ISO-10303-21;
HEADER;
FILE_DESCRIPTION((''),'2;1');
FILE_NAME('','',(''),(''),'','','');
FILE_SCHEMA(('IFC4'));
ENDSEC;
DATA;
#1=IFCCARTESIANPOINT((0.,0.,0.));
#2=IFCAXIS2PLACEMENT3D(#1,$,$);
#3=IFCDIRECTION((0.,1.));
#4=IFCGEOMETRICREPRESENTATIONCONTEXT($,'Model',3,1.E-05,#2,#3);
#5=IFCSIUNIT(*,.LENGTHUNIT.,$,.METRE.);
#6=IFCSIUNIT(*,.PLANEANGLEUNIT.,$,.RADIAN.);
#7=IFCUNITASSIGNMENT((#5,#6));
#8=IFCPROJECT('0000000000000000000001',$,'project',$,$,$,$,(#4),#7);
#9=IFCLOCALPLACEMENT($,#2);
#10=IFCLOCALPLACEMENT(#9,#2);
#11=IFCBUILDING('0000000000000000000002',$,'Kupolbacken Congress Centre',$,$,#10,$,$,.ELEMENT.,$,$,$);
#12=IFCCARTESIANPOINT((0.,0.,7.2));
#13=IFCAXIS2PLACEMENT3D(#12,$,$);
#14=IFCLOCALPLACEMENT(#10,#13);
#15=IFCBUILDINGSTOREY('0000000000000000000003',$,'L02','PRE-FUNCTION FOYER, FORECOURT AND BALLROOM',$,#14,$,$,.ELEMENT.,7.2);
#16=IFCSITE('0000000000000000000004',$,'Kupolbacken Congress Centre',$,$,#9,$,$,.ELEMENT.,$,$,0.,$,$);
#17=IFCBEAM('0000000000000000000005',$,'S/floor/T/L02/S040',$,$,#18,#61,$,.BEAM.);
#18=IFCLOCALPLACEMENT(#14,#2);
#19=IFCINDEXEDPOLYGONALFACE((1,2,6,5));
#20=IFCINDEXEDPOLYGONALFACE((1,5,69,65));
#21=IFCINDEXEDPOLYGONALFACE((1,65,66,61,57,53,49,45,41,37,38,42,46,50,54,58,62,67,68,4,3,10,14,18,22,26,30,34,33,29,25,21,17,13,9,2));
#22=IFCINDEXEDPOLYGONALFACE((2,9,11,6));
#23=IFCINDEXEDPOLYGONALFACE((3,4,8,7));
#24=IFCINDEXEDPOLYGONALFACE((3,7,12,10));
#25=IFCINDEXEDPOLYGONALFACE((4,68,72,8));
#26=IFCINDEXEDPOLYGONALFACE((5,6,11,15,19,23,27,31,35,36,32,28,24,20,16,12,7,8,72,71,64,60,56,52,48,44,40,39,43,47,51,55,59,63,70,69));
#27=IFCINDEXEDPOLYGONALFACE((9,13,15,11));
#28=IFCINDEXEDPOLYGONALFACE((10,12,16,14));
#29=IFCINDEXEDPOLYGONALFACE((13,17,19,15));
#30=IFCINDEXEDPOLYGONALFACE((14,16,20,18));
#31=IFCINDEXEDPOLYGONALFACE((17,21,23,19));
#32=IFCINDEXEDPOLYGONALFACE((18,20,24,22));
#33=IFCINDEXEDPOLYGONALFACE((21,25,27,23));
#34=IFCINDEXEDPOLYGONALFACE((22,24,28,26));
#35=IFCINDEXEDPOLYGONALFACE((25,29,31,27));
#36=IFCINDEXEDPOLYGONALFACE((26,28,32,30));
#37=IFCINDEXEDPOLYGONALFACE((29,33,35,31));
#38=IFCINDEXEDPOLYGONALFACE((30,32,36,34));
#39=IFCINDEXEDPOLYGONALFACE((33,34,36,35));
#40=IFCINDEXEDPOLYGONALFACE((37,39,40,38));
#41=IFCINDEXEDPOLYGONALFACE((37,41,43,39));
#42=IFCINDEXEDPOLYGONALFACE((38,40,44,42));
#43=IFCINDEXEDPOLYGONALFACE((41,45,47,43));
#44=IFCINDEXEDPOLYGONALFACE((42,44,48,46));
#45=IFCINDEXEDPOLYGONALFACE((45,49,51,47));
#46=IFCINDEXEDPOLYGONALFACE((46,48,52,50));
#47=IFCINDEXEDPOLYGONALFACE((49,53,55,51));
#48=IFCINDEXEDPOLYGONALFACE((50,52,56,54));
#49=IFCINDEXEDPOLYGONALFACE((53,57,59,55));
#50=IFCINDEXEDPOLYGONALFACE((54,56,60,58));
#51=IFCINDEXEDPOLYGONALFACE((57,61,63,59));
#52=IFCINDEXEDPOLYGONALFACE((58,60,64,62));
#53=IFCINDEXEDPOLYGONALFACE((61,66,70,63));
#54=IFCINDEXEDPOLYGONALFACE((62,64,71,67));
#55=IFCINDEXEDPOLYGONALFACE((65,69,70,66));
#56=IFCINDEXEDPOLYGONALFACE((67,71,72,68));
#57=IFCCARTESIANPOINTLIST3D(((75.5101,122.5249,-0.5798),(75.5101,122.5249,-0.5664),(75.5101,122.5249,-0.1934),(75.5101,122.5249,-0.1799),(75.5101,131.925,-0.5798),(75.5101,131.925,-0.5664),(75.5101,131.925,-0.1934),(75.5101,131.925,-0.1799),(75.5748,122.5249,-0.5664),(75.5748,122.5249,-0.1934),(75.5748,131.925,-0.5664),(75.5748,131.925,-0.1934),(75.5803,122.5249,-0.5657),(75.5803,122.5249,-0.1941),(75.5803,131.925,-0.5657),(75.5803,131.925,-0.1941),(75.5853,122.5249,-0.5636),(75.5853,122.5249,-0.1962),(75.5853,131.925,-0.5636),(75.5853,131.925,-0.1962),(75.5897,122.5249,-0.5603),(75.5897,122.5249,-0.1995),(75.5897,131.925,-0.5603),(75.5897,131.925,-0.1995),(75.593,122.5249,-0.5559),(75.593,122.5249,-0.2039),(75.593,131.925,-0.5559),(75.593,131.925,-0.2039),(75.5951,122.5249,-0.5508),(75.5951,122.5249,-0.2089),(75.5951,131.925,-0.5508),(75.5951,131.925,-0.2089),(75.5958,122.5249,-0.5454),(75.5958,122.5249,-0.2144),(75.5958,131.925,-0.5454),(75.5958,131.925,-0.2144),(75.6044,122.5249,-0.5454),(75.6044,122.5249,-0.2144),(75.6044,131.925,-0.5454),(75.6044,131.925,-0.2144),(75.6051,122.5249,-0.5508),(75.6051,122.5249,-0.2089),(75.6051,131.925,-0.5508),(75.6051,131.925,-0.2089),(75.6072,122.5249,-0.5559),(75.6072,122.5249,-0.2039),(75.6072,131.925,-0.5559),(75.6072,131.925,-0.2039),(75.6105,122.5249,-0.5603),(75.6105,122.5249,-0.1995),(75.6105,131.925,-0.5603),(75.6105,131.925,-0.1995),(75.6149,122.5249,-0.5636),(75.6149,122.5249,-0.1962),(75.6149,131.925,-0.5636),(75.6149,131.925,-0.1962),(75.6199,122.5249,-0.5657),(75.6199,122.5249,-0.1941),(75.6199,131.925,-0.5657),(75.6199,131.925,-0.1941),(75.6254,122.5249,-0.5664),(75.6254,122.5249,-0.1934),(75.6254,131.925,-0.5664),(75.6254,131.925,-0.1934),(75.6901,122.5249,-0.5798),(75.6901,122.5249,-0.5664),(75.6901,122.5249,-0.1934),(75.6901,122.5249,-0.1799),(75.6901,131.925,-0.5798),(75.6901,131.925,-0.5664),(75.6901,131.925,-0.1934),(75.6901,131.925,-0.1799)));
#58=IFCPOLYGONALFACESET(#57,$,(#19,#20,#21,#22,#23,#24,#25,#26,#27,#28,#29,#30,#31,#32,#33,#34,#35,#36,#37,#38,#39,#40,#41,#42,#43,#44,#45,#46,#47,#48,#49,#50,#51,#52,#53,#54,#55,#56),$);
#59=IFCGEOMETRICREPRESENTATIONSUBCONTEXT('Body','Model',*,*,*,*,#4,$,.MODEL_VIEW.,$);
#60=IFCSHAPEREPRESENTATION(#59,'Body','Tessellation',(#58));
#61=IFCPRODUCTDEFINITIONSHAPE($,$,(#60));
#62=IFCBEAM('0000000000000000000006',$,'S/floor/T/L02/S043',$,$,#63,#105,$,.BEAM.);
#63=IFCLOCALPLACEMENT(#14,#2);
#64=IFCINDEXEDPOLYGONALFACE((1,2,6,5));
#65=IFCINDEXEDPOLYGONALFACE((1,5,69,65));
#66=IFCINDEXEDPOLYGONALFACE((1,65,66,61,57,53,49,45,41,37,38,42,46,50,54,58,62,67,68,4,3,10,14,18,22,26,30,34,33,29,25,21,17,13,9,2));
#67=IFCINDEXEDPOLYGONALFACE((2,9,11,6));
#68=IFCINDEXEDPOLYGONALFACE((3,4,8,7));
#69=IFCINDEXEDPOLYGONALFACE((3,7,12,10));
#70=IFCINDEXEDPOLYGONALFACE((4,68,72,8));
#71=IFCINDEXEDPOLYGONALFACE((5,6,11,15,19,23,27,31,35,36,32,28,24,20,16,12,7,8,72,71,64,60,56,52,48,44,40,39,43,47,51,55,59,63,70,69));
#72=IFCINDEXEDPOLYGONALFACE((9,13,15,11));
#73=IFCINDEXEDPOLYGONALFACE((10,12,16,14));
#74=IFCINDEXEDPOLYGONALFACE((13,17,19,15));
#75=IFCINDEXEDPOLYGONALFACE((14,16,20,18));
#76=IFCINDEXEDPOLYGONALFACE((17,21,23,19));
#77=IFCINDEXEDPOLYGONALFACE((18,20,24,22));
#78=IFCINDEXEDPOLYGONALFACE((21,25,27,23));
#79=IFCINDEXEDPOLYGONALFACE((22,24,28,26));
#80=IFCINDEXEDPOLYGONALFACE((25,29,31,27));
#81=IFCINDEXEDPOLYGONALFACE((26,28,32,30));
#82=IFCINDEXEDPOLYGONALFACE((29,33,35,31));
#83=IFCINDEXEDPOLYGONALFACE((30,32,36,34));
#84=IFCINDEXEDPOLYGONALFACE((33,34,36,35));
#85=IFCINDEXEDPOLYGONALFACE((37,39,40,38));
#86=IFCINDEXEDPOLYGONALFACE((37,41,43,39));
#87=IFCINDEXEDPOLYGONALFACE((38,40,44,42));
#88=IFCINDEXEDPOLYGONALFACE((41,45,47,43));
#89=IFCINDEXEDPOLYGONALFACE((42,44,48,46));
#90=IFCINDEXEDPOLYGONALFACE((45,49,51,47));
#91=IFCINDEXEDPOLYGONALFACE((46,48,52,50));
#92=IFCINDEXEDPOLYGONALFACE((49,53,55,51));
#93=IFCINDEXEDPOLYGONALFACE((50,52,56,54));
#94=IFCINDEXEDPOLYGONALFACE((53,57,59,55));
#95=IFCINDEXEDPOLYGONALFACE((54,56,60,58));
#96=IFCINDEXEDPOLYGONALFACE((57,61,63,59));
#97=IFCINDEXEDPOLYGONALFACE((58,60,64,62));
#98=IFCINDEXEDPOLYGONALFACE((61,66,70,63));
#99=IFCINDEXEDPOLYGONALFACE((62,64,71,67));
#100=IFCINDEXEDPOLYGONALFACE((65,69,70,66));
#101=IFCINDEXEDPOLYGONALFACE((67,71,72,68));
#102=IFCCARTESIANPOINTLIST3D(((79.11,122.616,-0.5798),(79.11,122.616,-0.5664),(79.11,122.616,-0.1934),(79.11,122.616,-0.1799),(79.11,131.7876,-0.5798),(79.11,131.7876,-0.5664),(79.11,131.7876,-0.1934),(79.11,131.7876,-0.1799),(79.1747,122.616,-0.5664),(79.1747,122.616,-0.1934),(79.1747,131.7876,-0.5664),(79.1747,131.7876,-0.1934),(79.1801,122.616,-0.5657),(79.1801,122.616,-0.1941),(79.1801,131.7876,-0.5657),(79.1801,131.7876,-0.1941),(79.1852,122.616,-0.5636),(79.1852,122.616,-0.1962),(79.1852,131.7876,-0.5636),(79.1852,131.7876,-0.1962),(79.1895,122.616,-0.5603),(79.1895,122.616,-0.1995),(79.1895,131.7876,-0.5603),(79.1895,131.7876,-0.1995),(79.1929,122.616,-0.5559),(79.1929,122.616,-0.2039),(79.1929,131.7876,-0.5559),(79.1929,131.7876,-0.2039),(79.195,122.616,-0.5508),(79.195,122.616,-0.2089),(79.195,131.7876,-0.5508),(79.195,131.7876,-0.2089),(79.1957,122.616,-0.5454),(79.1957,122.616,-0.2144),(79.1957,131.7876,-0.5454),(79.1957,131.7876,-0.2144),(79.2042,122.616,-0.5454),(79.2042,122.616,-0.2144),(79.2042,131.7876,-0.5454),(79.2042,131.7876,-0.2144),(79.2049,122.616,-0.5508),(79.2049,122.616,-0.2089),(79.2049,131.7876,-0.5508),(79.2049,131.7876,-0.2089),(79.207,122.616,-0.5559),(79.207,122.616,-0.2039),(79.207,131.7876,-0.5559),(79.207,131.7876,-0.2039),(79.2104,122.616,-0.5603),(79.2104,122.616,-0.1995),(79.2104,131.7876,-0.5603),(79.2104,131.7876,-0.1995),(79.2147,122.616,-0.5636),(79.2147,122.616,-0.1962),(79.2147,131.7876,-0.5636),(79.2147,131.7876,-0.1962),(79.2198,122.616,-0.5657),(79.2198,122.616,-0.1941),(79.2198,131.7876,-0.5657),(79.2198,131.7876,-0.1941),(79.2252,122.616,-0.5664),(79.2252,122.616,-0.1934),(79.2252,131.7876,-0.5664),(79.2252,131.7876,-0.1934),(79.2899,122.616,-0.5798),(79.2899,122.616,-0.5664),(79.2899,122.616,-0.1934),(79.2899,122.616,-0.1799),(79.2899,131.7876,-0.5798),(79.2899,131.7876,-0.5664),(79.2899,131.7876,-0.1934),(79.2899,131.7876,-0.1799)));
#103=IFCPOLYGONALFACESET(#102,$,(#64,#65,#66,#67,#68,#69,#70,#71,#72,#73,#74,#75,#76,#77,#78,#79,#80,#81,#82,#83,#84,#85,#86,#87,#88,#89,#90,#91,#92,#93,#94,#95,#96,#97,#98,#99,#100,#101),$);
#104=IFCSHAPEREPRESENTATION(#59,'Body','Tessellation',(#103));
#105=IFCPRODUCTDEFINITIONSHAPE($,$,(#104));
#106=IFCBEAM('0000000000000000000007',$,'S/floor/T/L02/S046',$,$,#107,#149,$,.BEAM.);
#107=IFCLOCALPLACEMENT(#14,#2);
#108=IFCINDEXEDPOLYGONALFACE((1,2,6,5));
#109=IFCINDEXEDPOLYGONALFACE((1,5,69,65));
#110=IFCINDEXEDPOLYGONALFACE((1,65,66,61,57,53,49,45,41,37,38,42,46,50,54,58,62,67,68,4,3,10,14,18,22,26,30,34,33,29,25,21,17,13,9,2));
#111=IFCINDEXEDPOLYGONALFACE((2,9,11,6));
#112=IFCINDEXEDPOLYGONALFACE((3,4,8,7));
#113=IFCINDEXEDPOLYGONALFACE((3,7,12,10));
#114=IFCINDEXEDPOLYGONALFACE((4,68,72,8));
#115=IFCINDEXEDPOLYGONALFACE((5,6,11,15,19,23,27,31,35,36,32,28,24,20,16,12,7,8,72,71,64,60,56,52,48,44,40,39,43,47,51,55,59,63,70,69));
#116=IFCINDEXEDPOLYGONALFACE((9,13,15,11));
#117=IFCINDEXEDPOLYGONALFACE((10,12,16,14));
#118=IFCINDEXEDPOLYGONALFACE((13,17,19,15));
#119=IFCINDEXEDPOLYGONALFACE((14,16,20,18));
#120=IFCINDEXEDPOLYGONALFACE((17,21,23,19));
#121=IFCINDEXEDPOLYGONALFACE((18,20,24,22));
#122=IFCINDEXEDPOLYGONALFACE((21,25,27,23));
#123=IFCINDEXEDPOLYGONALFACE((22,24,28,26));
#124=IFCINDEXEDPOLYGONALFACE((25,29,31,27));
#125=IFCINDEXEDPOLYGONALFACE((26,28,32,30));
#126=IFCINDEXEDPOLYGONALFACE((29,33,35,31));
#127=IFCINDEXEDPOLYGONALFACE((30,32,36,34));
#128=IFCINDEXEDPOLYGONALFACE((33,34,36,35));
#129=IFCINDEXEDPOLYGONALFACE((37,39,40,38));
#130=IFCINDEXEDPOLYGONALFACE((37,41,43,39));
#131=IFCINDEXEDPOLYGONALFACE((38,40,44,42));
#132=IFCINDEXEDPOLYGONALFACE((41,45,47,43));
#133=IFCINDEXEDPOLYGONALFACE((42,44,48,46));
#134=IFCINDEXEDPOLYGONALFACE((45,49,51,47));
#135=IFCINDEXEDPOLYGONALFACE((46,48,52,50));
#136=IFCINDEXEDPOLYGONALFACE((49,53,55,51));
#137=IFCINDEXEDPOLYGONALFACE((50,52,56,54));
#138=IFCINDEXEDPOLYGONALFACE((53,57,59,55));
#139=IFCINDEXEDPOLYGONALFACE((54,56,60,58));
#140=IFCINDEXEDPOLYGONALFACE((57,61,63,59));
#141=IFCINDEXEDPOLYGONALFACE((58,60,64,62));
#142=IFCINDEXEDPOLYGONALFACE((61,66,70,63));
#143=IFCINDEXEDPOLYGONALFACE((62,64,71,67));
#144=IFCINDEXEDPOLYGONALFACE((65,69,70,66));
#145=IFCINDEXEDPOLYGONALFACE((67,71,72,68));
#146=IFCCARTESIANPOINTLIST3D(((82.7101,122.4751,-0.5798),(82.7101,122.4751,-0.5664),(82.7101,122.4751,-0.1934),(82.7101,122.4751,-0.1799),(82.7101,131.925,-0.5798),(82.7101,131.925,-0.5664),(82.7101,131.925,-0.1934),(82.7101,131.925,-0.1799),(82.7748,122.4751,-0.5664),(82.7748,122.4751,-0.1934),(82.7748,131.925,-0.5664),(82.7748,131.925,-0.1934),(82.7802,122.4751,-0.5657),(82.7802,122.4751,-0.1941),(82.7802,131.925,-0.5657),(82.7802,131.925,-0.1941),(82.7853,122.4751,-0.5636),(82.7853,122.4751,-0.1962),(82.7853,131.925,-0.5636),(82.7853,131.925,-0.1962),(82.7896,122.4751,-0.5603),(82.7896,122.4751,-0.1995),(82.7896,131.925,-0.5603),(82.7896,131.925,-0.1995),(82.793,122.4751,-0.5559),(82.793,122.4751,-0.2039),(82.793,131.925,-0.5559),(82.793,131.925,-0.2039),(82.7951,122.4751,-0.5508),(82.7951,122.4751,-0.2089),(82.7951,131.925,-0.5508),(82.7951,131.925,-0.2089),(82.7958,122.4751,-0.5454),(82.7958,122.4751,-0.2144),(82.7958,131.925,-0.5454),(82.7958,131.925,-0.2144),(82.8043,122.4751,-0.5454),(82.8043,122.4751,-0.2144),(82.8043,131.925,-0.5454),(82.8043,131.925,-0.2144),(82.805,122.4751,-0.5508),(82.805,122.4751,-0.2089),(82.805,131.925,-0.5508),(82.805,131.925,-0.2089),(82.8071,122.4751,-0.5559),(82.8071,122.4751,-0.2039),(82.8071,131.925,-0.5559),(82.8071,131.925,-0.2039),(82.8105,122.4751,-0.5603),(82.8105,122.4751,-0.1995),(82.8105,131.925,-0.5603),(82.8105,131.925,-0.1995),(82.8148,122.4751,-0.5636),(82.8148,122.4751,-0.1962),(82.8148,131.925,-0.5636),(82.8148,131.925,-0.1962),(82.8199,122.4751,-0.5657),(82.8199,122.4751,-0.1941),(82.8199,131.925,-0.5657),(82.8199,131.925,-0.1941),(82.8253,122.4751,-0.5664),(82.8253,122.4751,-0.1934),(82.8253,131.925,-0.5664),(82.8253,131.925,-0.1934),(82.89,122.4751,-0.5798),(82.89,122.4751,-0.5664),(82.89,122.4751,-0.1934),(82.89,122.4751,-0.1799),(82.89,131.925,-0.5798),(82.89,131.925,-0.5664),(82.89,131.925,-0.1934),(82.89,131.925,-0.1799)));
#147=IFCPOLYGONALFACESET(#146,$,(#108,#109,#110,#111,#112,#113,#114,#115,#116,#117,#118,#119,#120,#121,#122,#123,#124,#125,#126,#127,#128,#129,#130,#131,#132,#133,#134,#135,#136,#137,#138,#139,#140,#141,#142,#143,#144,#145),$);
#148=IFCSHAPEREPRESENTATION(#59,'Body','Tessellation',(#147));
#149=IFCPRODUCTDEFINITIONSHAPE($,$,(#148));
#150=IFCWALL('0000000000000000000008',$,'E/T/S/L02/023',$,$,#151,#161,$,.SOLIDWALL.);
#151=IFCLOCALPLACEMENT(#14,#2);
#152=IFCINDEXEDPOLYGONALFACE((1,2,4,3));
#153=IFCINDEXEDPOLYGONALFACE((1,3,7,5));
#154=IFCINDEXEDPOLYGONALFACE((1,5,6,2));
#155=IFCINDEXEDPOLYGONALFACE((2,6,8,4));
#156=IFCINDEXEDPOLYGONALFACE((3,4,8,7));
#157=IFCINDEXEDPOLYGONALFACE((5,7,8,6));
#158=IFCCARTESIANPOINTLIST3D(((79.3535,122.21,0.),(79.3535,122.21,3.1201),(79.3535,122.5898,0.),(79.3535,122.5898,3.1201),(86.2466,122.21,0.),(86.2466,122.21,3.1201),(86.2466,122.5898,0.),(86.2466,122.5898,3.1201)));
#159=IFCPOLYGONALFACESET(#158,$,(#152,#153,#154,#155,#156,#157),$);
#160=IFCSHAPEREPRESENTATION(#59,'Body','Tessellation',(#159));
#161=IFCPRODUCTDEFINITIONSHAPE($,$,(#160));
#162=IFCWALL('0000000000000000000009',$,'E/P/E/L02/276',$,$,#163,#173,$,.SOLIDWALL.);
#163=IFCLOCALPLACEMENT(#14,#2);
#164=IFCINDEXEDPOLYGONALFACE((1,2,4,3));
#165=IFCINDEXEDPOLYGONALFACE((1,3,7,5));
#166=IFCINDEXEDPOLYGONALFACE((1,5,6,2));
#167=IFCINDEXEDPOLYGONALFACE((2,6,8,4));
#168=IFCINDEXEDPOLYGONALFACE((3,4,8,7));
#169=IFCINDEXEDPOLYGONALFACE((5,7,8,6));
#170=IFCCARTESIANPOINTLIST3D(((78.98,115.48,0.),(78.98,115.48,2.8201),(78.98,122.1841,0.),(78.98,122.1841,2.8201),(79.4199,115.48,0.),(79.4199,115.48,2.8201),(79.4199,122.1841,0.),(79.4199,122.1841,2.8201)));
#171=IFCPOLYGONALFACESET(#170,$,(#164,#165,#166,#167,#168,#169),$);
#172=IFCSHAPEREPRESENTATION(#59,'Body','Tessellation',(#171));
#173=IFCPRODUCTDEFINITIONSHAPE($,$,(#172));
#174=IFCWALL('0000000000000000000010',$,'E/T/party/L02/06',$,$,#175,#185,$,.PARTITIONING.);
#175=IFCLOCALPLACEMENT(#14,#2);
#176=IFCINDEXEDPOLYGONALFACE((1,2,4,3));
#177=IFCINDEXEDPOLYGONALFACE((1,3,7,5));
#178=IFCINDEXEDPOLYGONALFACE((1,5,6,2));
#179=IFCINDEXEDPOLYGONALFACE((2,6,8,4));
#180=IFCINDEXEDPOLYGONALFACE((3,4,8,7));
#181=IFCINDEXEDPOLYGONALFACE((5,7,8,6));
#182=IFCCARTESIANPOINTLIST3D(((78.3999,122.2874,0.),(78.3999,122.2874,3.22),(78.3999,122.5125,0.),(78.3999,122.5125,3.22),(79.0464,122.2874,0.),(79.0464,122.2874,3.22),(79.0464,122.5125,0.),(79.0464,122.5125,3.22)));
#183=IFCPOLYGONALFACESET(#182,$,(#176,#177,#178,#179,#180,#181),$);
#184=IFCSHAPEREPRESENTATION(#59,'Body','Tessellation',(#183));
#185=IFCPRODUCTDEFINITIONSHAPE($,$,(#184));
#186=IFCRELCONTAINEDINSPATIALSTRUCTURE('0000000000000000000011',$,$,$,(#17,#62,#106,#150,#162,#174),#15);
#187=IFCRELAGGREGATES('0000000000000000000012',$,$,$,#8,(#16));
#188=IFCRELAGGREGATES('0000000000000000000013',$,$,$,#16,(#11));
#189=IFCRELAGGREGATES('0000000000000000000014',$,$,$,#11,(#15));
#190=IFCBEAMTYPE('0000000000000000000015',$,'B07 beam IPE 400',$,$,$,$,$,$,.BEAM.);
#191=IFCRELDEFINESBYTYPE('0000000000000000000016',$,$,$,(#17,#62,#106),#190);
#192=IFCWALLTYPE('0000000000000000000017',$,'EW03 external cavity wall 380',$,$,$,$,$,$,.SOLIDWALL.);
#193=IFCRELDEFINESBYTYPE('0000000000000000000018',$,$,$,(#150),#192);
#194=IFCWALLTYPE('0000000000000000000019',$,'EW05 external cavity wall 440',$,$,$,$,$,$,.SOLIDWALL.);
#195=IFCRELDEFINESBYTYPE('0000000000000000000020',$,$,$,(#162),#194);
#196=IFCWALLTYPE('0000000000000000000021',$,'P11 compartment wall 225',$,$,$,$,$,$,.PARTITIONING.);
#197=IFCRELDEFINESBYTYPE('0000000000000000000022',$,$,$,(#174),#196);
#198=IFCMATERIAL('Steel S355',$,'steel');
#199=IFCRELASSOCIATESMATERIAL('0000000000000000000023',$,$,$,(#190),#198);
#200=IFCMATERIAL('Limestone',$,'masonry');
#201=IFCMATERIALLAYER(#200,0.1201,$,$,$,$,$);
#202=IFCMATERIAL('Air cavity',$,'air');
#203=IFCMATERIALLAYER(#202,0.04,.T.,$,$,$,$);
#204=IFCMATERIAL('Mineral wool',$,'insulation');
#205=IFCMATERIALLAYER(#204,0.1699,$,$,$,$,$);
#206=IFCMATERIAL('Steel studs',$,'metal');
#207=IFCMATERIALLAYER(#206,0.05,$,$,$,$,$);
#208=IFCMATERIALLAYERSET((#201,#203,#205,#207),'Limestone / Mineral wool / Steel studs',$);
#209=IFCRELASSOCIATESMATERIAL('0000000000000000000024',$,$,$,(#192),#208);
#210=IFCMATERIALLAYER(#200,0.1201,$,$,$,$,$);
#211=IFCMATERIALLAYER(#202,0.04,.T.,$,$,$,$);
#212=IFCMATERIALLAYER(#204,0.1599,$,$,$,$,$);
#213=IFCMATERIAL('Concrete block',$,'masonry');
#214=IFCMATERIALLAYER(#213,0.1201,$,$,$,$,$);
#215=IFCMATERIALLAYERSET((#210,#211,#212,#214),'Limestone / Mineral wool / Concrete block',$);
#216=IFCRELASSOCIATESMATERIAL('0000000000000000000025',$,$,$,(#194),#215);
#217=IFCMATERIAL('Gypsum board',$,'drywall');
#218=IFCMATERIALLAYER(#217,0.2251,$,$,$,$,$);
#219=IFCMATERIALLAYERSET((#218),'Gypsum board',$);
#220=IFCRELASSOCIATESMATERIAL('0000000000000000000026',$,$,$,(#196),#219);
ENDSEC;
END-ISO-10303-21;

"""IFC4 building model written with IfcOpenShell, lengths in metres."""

from ifc_helpers import new_model, si_unit, direction, frame, frame_2d, origin, origin_2d, place, context, subcontext, project, spatial, rectangle, i_section, extrude, material, layer, layer_set, material_profile, profile_set, type_object, element, save


model = new_model("IFC4")

# Units and contexts
model_context = context("Model", 3, precision=1e-05, world=origin(), true_north=direction((0.0, 1.0)))
body_context = subcontext(model_context, "Body", "Model", "MODEL_VIEW")
ifc_project = project(units=[si_unit("LENGTHUNIT", "METRE"), si_unit("PLANEANGLEUNIT", "RADIAN")], contexts=[model_context])

# Site, building, storey
site_placement = place(None, origin())
site = spatial("IfcSite", under=ifc_project, at=site_placement, Name="Kupolbacken Congress Centre", CompositionType="ELEMENT", RefElevation=0.0)
building_placement = place(site_placement, origin())
building = spatial("IfcBuilding", under=site, at=building_placement, Name="Kupolbacken Congress Centre", CompositionType="ELEMENT")
storey_placement = place(building_placement, frame((0.0, 0.0, 7.2)))
storey = spatial("IfcBuildingStorey", under=building, at=storey_placement, Name="L02", Description="PRE-FUNCTION FOYER, FORECOURT AND BALLROOM", CompositionType="ELEMENT", Elevation=7.2)

# Beams
ifc_material_1 = material(Name="Steel S355", Category="steel")
ifc_material_profile_1 = material_profile(ifc_material_1, i_section(OverallWidth=0.1799, OverallDepth=0.3999, WebThickness=0.0085, FlangeThickness=0.0134, FilletRadius=0.021, at=origin_2d()), Name="IPE 400")
ifc_profile_set_1 = profile_set([ifc_material_profile_1], Name="Steel S355")
beam_type_1 = type_object("IfcBeamType", Name="B07 beam IPE 400", PredefinedType="BEAM", material=ifc_profile_set_1)
beam_1_placement = place(storey_placement, frame((75.6001, 122.5249, -0.3799), z_axis=(0.0, 1.0, 0.0), x_axis=(-1.0, 0.0, 0.0)))
element("IfcBeam", 1, at=beam_1_placement, inside=storey, type_object=beam_type_1, Name="S/floor/T/L02/S040", PredefinedType="BEAM", context=body_context, shape_type="SweptSolid", body=[
    extrude(i_section(OverallWidth=0.1799, OverallDepth=0.3999, WebThickness=0.0085, FlangeThickness=0.0134, FilletRadius=0.021, at=origin_2d()), origin(), (0.0, 0.0, 1.0), 9.4001),
])
beam_2_placement = place(storey_placement, frame((79.2, 122.616, -0.3799), z_axis=(0.0, 1.0, 0.0), x_axis=(-1.0, 0.0, 0.0)))
element("IfcBeam", 2, at=beam_2_placement, inside=storey, type_object=beam_type_1, Name="S/floor/T/L02/S043", PredefinedType="BEAM", context=body_context, shape_type="SweptSolid", body=[
    extrude(i_section(OverallWidth=0.1799, OverallDepth=0.3999, WebThickness=0.0085, FlangeThickness=0.0134, FilletRadius=0.021, at=origin_2d()), origin(), (0.0, 0.0, 1.0), 9.1716),
])
beam_3_placement = place(storey_placement, frame((82.8, 122.4751, -0.3799), z_axis=(0.0, 1.0, 0.0), x_axis=(-1.0, 0.0, 0.0)))
element("IfcBeam", 3, at=beam_3_placement, inside=storey, type_object=beam_type_1, Name="S/floor/T/L02/S046", PredefinedType="BEAM", context=body_context, shape_type="SweptSolid", body=[
    extrude(i_section(OverallWidth=0.1799, OverallDepth=0.3999, WebThickness=0.0085, FlangeThickness=0.0134, FilletRadius=0.021, at=origin_2d()), origin(), (0.0, 0.0, 1.0), 9.45),
])

# Walls
ifc_material_2 = material(Name="Limestone", Category="masonry")
ifc_layer_1 = layer(ifc_material_2, 0.1201)
ifc_material_3 = material(Name="Air cavity", Category="air")
ifc_layer_2 = layer(ifc_material_3, 0.04, ventilated=True)
ifc_material_4 = material(Name="Mineral wool", Category="insulation")
ifc_layer_3 = layer(ifc_material_4, 0.1699)
ifc_material_5 = material(Name="Steel studs", Category="metal")
ifc_layer_4 = layer(ifc_material_5, 0.05)
ifc_layer_set_1 = layer_set([ifc_layer_1, ifc_layer_2, ifc_layer_3, ifc_layer_4], Name="Limestone / Mineral wool / Steel studs")
wall_type_1 = type_object("IfcWallType", Name="EW03 external cavity wall 380", PredefinedType="SOLIDWALL", material=ifc_layer_set_1)
wall_1_placement = place(storey_placement, frame((79.3535, 122.3999, 0.0), z_axis=(0.0, 0.0, 1.0), x_axis=(1.0, 0.0, 0.0)))
element("IfcWall", 4, at=wall_1_placement, inside=storey, type_object=wall_type_1, Name="E/T/S/L02/023", PredefinedType="SOLIDWALL", context=body_context, shape_type="SweptSolid", body=[
    extrude(rectangle(XDim=6.8931, YDim=0.3799, at=frame_2d((3.4465, 0.0))), origin(), (0.0, 0.0, 1.0), 3.1201),
])
ifc_layer_5 = layer(ifc_material_2, 0.1201)
ifc_layer_6 = layer(ifc_material_3, 0.04, ventilated=True)
ifc_layer_7 = layer(ifc_material_4, 0.1599)
ifc_material_6 = material(Name="Concrete block", Category="masonry")
ifc_layer_8 = layer(ifc_material_6, 0.1201)
ifc_layer_set_2 = layer_set([ifc_layer_5, ifc_layer_6, ifc_layer_7, ifc_layer_8], Name="Limestone / Mineral wool / Concrete block")
wall_type_2 = type_object("IfcWallType", Name="EW05 external cavity wall 440", PredefinedType="SOLIDWALL", material=ifc_layer_set_2)
wall_2_placement = place(storey_placement, frame((79.2, 115.48, 0.0), z_axis=(0.0, 0.0, 1.0), x_axis=(0.0, 1.0, 0.0)))
element("IfcWall", 5, at=wall_2_placement, inside=storey, type_object=wall_type_2, Name="E/P/E/L02/276", PredefinedType="SOLIDWALL", context=body_context, shape_type="SweptSolid", body=[
    extrude(rectangle(XDim=6.7041, YDim=0.4399, at=frame_2d((3.3521, 0.0))), origin(), (0.0, 0.0, 1.0), 2.8201),
])
ifc_material_7 = material(Name="Gypsum board", Category="drywall")
ifc_layer_9 = layer(ifc_material_7, 0.2251)
ifc_layer_set_3 = layer_set([ifc_layer_9], Name="Gypsum board")
wall_type_3 = type_object("IfcWallType", Name="P11 compartment wall 225", PredefinedType="PARTITIONING", material=ifc_layer_set_3)
wall_3_placement = place(storey_placement, frame((78.3999, 122.3999, 0.0), z_axis=(0.0, 0.0, 1.0), x_axis=(1.0, 0.0, 0.0)))
element("IfcWall", 6, at=wall_3_placement, inside=storey, type_object=wall_type_3, Name="E/T/party/L02/06", PredefinedType="PARTITIONING", context=body_context, shape_type="SweptSolid", body=[
    extrude(rectangle(XDim=0.6465, YDim=0.2251, at=frame_2d((0.3232, 0.0))), origin(), (0.0, 0.0, 1.0), 3.22),
])

save(model, "model.ifc")
